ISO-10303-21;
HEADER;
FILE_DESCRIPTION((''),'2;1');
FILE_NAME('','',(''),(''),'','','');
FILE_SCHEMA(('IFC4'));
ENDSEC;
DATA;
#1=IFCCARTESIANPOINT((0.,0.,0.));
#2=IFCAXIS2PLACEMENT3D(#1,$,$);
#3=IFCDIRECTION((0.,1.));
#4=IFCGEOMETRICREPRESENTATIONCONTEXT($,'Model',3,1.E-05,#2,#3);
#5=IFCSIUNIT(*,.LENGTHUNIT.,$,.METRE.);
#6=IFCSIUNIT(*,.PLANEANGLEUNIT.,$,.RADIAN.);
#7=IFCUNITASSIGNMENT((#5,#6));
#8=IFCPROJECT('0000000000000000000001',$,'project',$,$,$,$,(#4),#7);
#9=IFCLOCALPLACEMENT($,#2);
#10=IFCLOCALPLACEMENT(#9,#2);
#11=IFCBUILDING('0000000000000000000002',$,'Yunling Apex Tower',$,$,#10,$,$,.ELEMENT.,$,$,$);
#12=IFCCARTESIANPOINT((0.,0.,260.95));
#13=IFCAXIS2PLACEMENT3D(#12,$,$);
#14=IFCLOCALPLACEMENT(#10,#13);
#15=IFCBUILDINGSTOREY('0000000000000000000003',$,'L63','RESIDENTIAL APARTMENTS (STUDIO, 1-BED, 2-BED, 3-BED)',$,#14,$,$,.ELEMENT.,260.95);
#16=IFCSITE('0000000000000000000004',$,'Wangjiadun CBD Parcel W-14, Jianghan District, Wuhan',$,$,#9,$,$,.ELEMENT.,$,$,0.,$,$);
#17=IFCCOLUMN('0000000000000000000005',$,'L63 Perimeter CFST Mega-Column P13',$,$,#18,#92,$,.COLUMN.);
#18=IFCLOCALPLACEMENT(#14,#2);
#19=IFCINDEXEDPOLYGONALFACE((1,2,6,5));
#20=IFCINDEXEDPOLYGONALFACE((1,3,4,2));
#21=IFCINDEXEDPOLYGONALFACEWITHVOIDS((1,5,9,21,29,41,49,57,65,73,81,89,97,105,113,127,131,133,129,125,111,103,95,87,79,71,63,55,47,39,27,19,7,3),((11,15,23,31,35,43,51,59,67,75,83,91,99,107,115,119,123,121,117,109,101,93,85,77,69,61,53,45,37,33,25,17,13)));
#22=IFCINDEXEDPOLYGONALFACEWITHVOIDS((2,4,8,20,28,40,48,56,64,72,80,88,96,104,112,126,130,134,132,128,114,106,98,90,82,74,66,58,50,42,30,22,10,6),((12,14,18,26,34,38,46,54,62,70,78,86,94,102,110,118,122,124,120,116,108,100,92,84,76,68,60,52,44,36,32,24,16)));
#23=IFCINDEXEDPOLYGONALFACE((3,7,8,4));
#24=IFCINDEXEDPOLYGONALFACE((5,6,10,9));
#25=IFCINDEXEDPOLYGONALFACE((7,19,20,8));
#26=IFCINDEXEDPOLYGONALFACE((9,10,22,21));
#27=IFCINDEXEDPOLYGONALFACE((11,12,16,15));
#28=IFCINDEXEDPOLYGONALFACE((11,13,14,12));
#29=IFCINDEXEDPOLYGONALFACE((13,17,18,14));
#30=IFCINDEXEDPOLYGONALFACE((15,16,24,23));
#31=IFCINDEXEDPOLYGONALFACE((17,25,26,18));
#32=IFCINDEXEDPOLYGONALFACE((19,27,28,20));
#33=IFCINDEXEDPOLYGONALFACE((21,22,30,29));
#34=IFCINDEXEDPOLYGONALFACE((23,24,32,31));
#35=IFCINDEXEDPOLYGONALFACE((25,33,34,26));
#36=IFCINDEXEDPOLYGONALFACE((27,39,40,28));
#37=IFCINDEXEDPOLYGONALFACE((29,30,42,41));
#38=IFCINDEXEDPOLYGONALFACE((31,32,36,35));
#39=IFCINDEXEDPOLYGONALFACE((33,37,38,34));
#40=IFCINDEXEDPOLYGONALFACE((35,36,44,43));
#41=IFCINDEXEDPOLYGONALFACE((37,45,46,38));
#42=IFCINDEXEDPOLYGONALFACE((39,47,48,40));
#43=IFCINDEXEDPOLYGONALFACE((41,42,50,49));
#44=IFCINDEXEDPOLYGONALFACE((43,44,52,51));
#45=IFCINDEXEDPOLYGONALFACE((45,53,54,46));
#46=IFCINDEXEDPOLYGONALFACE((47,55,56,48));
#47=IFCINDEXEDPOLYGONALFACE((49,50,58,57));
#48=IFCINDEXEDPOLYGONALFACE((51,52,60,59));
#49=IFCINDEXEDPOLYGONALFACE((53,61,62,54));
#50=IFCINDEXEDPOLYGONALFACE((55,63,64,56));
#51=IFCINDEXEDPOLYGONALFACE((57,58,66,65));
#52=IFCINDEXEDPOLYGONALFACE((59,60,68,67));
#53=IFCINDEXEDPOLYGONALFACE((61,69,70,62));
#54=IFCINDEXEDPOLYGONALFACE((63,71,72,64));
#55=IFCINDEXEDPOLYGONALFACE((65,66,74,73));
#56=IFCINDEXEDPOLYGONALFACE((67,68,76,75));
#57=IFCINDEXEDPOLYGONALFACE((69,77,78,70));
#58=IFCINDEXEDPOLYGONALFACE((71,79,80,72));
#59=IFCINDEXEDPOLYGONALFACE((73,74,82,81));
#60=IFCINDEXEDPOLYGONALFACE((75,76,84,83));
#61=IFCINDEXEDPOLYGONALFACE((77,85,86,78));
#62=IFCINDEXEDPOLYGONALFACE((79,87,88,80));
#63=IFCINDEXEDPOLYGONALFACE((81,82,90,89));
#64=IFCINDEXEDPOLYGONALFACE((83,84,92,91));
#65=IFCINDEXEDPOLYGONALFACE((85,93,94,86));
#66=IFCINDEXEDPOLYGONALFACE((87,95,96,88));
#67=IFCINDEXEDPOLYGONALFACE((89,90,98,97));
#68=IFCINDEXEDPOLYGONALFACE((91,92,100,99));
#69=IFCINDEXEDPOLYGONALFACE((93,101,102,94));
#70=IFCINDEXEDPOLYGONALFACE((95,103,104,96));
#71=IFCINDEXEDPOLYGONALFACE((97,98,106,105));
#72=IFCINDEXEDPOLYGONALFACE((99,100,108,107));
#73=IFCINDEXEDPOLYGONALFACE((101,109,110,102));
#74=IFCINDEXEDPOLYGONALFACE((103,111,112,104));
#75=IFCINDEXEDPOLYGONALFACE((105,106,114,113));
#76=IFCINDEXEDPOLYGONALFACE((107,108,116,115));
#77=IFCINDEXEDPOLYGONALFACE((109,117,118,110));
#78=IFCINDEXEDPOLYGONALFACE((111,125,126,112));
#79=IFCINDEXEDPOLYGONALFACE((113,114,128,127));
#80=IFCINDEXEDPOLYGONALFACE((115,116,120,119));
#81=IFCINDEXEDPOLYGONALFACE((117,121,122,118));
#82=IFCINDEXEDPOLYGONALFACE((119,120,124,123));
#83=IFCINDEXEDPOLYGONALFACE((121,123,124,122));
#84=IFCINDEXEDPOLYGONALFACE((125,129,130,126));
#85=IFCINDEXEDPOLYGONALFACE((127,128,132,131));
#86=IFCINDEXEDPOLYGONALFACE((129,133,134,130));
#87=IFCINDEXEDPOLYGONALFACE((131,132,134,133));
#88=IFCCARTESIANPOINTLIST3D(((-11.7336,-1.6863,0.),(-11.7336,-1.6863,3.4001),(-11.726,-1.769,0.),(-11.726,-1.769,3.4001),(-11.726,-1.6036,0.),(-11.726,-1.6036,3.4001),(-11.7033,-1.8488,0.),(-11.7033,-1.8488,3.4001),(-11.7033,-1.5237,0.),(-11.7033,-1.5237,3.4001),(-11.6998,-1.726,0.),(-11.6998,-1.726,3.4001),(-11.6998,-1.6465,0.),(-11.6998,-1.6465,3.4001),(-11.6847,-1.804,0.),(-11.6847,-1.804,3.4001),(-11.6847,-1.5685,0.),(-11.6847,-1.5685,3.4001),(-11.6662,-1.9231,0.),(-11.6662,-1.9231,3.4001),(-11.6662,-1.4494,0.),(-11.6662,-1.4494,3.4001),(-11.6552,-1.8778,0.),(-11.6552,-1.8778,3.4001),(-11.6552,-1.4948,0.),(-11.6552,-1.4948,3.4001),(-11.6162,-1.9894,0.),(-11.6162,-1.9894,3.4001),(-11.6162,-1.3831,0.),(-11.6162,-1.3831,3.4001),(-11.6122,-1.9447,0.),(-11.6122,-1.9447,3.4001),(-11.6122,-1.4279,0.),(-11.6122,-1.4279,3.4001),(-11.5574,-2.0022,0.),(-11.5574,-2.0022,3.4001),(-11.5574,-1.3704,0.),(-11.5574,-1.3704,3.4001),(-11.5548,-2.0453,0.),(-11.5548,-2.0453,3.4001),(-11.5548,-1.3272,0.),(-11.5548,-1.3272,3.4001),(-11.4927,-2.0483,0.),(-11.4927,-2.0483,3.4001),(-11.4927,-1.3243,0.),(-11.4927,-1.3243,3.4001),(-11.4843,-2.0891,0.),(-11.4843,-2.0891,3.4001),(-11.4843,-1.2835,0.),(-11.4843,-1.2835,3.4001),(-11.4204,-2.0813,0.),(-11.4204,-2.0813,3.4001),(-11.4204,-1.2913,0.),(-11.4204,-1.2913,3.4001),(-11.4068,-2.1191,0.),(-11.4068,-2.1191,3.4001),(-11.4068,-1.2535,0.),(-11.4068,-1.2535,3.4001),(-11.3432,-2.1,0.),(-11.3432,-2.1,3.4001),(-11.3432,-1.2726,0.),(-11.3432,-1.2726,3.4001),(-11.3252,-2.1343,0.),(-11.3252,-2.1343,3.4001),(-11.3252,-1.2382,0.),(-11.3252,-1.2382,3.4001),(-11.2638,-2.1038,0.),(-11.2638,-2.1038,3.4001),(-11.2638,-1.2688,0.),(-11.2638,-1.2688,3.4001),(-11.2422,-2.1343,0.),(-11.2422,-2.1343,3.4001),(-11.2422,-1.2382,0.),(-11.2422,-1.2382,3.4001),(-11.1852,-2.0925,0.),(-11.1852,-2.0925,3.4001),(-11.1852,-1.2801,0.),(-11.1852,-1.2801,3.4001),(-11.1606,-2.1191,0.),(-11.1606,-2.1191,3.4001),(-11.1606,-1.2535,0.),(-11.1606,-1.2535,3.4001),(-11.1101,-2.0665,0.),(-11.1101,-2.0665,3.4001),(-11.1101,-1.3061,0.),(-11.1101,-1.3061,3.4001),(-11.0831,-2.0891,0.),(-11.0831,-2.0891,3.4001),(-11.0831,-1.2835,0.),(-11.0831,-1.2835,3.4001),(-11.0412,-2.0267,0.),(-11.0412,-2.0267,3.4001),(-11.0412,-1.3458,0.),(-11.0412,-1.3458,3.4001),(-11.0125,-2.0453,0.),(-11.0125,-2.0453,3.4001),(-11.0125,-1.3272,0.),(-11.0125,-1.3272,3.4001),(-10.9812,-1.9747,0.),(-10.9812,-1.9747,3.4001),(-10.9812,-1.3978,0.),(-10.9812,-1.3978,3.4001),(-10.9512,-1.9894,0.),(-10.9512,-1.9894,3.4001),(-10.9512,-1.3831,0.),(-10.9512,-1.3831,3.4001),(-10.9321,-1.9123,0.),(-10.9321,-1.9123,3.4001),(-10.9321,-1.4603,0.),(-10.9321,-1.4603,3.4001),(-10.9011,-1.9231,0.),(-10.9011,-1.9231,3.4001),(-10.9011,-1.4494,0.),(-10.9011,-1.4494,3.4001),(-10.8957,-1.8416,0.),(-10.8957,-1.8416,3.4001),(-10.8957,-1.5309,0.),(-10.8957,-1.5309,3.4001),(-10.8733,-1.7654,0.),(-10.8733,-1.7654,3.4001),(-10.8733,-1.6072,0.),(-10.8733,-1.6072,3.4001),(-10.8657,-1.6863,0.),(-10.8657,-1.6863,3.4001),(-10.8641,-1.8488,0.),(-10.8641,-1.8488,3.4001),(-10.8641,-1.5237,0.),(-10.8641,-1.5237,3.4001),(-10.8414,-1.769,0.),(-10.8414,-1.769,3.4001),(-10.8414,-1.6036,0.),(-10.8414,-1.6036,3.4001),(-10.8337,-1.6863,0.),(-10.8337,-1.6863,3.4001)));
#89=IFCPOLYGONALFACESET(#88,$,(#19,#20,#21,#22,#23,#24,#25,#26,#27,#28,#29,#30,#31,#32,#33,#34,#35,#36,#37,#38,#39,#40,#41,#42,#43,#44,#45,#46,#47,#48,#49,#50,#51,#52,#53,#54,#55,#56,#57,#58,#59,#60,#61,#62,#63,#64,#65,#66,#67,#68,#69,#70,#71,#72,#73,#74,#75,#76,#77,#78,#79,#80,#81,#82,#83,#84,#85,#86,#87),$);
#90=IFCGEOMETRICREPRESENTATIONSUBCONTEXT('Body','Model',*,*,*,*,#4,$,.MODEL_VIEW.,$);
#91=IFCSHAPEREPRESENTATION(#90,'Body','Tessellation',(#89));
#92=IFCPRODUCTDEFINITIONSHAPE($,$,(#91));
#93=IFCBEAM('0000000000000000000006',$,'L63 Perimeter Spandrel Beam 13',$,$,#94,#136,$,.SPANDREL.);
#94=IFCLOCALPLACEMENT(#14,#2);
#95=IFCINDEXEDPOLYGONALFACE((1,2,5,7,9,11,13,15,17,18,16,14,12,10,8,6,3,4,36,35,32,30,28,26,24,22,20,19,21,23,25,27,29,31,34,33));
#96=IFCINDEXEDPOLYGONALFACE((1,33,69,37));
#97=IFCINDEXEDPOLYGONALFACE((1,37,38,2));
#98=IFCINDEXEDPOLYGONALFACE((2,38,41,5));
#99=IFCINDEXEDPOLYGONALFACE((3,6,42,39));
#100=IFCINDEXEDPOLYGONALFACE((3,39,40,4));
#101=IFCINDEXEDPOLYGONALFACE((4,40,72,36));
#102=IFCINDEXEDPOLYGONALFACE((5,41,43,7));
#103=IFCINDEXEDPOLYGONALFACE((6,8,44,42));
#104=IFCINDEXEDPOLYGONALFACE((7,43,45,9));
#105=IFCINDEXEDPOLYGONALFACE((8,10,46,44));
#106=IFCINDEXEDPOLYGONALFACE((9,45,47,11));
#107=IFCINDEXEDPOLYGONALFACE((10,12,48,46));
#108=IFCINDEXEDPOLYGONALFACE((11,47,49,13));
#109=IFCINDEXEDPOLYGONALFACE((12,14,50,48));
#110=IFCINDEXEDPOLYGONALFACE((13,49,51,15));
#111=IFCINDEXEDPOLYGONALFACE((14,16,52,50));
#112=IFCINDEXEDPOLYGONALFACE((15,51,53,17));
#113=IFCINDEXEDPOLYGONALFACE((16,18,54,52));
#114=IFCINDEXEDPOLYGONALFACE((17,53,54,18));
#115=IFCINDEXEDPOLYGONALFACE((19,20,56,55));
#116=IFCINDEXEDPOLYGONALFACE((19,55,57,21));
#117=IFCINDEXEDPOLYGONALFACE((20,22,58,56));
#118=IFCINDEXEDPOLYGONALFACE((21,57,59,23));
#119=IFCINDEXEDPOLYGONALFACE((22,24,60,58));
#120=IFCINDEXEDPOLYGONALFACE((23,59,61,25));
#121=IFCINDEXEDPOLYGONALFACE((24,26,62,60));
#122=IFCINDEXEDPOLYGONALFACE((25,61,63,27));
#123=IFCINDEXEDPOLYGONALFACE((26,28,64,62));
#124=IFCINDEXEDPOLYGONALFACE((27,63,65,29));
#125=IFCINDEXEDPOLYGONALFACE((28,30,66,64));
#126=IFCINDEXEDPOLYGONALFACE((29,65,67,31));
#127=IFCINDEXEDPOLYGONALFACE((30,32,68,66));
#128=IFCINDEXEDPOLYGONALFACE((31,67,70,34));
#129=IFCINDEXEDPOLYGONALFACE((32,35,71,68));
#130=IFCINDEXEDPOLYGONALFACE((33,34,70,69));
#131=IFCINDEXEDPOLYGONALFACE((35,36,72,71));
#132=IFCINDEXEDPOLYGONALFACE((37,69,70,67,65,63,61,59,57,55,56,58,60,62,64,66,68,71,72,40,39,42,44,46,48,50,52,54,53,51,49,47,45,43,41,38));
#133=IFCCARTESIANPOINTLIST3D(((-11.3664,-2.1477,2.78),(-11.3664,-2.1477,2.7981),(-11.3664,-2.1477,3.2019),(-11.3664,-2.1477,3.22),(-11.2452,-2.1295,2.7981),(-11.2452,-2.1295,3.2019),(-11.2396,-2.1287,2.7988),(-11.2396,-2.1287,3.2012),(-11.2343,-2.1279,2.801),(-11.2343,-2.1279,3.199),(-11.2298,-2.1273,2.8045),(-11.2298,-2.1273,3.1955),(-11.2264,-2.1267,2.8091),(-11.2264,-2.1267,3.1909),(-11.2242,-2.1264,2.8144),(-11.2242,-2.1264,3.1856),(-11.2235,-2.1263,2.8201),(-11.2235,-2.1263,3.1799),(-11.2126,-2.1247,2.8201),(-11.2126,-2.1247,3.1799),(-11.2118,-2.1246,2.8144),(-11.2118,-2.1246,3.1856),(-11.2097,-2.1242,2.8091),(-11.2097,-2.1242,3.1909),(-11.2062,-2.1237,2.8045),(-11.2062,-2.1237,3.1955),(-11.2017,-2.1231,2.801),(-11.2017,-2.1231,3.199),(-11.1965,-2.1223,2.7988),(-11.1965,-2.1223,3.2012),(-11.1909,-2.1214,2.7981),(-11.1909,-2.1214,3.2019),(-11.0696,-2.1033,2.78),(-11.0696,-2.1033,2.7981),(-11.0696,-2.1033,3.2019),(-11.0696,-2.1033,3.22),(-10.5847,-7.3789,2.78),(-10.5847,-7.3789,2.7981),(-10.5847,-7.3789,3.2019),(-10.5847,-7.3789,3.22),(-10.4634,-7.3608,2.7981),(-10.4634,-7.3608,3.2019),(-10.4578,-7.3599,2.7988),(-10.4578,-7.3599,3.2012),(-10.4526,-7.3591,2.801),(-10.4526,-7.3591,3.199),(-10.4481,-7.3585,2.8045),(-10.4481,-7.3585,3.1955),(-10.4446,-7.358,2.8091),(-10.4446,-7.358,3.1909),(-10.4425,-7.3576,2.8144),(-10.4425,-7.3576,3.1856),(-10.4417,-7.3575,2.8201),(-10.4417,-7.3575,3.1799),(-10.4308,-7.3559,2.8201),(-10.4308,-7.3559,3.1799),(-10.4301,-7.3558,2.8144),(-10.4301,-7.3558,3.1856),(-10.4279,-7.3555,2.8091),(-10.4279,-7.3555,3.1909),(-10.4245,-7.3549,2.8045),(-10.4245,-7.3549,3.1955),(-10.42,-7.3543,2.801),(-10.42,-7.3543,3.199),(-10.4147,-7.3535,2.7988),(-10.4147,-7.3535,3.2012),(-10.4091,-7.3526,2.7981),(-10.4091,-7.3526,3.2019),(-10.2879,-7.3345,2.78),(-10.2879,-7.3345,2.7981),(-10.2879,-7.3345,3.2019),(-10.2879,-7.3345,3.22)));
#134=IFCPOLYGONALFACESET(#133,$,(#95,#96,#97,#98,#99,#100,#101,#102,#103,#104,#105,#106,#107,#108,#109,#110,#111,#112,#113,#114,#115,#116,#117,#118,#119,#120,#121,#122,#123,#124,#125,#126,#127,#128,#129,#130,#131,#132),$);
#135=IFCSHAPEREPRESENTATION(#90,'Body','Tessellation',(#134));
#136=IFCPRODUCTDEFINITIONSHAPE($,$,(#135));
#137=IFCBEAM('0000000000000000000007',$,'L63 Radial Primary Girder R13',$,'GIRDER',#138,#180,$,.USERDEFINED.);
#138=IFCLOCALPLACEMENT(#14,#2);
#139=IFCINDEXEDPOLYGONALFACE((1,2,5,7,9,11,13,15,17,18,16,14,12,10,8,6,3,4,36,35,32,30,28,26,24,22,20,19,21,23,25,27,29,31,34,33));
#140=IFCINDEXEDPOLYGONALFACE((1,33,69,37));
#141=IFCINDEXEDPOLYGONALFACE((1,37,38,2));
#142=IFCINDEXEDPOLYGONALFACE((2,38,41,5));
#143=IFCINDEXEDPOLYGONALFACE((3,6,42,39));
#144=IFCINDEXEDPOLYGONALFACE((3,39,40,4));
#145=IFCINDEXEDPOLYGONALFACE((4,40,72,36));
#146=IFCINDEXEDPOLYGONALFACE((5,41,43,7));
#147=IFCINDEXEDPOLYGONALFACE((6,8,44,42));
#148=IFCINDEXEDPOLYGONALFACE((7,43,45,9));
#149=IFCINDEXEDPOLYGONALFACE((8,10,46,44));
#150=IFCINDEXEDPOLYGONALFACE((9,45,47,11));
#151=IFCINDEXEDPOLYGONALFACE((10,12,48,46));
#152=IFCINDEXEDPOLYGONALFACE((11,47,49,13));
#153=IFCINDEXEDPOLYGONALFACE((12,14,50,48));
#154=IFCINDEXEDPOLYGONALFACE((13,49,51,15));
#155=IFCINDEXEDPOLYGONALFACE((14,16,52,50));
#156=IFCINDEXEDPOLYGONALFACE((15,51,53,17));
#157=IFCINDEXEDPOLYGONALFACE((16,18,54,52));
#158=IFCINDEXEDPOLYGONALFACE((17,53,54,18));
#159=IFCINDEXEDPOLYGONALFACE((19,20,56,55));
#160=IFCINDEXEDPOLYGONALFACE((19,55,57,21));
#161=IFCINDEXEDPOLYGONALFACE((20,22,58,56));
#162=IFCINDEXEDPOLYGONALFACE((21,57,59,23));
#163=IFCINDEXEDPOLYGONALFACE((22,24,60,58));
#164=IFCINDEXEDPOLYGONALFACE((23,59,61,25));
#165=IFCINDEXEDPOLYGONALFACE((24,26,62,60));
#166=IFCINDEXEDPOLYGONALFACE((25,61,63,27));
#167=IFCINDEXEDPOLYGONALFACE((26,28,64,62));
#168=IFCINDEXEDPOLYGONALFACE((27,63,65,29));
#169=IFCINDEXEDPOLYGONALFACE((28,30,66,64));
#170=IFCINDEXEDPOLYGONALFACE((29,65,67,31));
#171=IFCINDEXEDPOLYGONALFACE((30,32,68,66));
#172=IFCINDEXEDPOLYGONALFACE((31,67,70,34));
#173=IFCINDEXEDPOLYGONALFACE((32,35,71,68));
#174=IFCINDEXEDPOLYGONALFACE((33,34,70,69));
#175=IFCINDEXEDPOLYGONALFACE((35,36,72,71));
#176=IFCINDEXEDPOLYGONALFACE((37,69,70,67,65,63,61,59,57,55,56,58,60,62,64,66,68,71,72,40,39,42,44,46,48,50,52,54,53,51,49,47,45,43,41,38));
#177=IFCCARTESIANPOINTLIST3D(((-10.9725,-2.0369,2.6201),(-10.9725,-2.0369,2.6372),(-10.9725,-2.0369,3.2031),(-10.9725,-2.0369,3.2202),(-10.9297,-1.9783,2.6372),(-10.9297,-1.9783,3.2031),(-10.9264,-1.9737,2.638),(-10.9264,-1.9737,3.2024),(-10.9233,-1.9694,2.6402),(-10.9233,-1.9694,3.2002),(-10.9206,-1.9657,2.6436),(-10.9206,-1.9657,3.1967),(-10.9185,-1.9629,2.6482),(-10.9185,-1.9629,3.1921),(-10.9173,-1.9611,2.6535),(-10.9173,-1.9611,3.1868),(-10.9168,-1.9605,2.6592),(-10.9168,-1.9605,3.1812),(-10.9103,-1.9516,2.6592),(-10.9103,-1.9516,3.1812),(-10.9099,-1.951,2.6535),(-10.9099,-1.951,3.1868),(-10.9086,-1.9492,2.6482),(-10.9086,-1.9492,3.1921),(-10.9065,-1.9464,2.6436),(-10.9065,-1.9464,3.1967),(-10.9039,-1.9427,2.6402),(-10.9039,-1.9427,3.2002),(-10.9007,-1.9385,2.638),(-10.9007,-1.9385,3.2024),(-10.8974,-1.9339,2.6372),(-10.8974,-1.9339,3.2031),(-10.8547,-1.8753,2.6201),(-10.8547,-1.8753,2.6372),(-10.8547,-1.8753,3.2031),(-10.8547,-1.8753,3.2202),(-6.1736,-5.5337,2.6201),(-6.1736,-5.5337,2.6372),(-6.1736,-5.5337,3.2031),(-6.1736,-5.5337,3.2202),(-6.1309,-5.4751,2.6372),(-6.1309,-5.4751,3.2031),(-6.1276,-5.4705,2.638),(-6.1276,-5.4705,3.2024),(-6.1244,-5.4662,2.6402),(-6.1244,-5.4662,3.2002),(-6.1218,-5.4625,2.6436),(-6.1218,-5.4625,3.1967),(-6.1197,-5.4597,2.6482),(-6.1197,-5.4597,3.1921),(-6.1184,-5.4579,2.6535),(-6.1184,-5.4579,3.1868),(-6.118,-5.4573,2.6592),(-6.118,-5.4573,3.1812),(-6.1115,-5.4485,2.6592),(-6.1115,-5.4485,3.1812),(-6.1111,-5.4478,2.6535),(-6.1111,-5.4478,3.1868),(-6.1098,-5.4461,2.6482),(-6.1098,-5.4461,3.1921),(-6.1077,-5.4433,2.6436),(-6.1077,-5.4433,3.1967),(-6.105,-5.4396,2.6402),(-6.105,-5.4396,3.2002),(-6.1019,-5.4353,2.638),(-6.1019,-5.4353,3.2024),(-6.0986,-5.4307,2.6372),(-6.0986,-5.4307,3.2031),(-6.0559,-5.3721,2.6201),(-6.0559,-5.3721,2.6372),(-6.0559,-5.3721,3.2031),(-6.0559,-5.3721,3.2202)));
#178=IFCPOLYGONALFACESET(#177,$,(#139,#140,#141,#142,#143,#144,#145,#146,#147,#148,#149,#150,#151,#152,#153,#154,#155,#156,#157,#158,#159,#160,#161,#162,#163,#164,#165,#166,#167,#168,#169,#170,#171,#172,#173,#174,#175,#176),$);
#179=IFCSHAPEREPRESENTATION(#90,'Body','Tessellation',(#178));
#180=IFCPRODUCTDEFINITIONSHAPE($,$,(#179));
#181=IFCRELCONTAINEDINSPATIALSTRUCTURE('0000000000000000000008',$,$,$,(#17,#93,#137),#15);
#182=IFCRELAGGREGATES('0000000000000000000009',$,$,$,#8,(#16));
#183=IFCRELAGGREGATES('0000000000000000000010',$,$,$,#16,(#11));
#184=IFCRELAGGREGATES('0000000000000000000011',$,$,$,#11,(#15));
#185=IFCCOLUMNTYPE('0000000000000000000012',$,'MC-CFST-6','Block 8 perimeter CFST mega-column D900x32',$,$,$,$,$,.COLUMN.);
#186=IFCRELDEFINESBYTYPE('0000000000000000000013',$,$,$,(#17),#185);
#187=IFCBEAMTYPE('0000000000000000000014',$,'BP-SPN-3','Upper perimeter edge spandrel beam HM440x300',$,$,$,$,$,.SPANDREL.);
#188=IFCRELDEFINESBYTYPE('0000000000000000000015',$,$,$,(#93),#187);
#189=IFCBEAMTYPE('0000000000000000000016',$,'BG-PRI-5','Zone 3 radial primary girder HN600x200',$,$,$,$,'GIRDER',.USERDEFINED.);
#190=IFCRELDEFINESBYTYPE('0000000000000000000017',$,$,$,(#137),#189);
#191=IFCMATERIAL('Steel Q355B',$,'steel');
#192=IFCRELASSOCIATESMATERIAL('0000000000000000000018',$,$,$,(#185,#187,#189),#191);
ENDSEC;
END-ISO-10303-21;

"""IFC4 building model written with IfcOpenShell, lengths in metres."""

from ifc_helpers import new_model, si_unit, direction, frame, origin, origin_2d, place, context, subcontext, project, spatial, hollow_circle, i_section, extrude, source, transform, mapped, material, material_profile, profile_set, type_object, element, save


model = new_model("IFC4")

# Units and contexts
model_context = context("Model", 3, precision=1e-05, world=origin(), true_north=direction((0.0, 1.0)))
body_context = subcontext(model_context, "Body", "Model", "MODEL_VIEW")
ifc_project = project(units=[si_unit("LENGTHUNIT", "METRE"), si_unit("PLANEANGLEUNIT", "RADIAN")], contexts=[model_context])

# Site, building, storey
site_placement = place(None, origin())
site = spatial("IfcSite", under=ifc_project, at=site_placement, Name="Wangjiadun CBD Parcel W-14, Jianghan District, Wuhan", CompositionType="ELEMENT", RefElevation=0.0)
building_placement = place(site_placement, origin())
building = spatial("IfcBuilding", under=site, at=building_placement, Name="Yunling Apex Tower", CompositionType="ELEMENT")
storey_placement = place(building_placement, frame((0.0, 0.0, 260.95)))
storey = spatial("IfcBuildingStorey", under=building, at=storey_placement, Name="L63", Description="RESIDENTIAL APARTMENTS (STUDIO, 1-BED, 2-BED, 3-BED)", CompositionType="ELEMENT", Elevation=260.95)

# Column
ifc_material_1 = material(Name="Steel Q355B", Category="steel")
ifc_material_profile_1 = material_profile(ifc_material_1, hollow_circle(Radius=0.45, WallThickness=0.032, at=origin_2d()))
ifc_profile_set_1 = profile_set([ifc_material_profile_1], Name="Steel Q355B")
column_type = type_object("IfcColumnType", Name="MC-CFST-6", Description="Block 8 perimeter CFST mega-column D900x32", PredefinedType="COLUMN", material=ifc_profile_set_1)
shared_shape_1 = source(origin(), body_context, "Body", "SweptSolid", [
    extrude(hollow_circle(Radius=0.45, WallThickness=0.032, at=origin_2d()), origin(), (0.0, 0.0, 1.0), 3.4001),
])
column_placement = place(storey_placement, frame((-11.2837, -1.6863, 0.0), z_axis=(0.0, 0.0, 1.0), x_axis=(1.0, 0.0, 0.0)))
element("IfcColumn", 1, at=column_placement, inside=storey, type_object=column_type, Name="L63 Perimeter CFST Mega-Column P13", PredefinedType="COLUMN", context=body_context, shape_type="MappedRepresentation", body=[
    mapped(shared_shape_1, transform((0.0, 0.0, 0.0), scale=1.0)),
])

# Beams
ifc_material_profile_2 = material_profile(ifc_material_1, i_section(OverallWidth=0.3, OverallDepth=0.4399, WebThickness=0.011, FlangeThickness=0.0181, FilletRadius=0.022, at=origin_2d()))
ifc_profile_set_2 = profile_set([ifc_material_profile_2], Name="Steel Q355B")
beam_type_1 = type_object("IfcBeamType", Name="BP-SPN-3", Description="Upper perimeter edge spandrel beam HM440x300", PredefinedType="SPANDREL", material=ifc_profile_set_2)
shared_shape_2 = source(origin(), body_context, "Body", "SweptSolid", [
    extrude(i_section(OverallWidth=0.3, OverallDepth=0.4399, WebThickness=0.011, FlangeThickness=0.0181, FilletRadius=0.022, at=origin_2d()), origin(), (0.0, 0.0, 1.0), 5.2893),
])
beam_1_placement = place(storey_placement, frame((-11.218, -2.1255, 3.0), z_axis=(0.147796, -0.989018, 0.0), x_axis=(0.989018, 0.147796, 0.0)))
element("IfcBeam", 2, at=beam_1_placement, inside=storey, type_object=beam_type_1, Name="L63 Perimeter Spandrel Beam 13", PredefinedType="SPANDREL", context=body_context, shape_type="MappedRepresentation", body=[
    mapped(shared_shape_2, transform((0.0, 0.0, 0.0), scale=1.0)),
])
ifc_material_profile_3 = material_profile(ifc_material_1, i_section(OverallWidth=0.2, OverallDepth=0.6001, WebThickness=0.011, FlangeThickness=0.0171, FilletRadius=0.022, at=origin_2d()))
ifc_profile_set_3 = profile_set([ifc_material_profile_3], Name="Steel Q355B")
beam_type_2 = type_object("IfcBeamType", Name="BG-PRI-5", Description="Zone 3 radial primary girder HN600x200", ElementType="GIRDER", PredefinedType="USERDEFINED", material=ifc_profile_set_3)
shared_shape_3 = source(origin(), body_context, "Body", "SweptSolid", [
    extrude(i_section(OverallWidth=0.2, OverallDepth=0.6001, WebThickness=0.011, FlangeThickness=0.0171, FilletRadius=0.022, at=origin_2d()), origin(), (0.0, 0.0, 1.0), 5.9377),
])
beam_2_placement = place(storey_placement, frame((-10.9136, -1.9561, 2.9202), z_axis=(0.808193, -0.588917, 0.0), x_axis=(0.588917, 0.808193, 0.0)))
element("IfcBeam", 3, at=beam_2_placement, inside=storey, type_object=beam_type_2, Name="L63 Radial Primary Girder R13", ObjectType="GIRDER", PredefinedType="USERDEFINED", context=body_context, shape_type="MappedRepresentation", body=[
    mapped(shared_shape_3, transform((0.0, 0.0, 0.0), scale=1.0)),
])

save(model, "model.ifc")
